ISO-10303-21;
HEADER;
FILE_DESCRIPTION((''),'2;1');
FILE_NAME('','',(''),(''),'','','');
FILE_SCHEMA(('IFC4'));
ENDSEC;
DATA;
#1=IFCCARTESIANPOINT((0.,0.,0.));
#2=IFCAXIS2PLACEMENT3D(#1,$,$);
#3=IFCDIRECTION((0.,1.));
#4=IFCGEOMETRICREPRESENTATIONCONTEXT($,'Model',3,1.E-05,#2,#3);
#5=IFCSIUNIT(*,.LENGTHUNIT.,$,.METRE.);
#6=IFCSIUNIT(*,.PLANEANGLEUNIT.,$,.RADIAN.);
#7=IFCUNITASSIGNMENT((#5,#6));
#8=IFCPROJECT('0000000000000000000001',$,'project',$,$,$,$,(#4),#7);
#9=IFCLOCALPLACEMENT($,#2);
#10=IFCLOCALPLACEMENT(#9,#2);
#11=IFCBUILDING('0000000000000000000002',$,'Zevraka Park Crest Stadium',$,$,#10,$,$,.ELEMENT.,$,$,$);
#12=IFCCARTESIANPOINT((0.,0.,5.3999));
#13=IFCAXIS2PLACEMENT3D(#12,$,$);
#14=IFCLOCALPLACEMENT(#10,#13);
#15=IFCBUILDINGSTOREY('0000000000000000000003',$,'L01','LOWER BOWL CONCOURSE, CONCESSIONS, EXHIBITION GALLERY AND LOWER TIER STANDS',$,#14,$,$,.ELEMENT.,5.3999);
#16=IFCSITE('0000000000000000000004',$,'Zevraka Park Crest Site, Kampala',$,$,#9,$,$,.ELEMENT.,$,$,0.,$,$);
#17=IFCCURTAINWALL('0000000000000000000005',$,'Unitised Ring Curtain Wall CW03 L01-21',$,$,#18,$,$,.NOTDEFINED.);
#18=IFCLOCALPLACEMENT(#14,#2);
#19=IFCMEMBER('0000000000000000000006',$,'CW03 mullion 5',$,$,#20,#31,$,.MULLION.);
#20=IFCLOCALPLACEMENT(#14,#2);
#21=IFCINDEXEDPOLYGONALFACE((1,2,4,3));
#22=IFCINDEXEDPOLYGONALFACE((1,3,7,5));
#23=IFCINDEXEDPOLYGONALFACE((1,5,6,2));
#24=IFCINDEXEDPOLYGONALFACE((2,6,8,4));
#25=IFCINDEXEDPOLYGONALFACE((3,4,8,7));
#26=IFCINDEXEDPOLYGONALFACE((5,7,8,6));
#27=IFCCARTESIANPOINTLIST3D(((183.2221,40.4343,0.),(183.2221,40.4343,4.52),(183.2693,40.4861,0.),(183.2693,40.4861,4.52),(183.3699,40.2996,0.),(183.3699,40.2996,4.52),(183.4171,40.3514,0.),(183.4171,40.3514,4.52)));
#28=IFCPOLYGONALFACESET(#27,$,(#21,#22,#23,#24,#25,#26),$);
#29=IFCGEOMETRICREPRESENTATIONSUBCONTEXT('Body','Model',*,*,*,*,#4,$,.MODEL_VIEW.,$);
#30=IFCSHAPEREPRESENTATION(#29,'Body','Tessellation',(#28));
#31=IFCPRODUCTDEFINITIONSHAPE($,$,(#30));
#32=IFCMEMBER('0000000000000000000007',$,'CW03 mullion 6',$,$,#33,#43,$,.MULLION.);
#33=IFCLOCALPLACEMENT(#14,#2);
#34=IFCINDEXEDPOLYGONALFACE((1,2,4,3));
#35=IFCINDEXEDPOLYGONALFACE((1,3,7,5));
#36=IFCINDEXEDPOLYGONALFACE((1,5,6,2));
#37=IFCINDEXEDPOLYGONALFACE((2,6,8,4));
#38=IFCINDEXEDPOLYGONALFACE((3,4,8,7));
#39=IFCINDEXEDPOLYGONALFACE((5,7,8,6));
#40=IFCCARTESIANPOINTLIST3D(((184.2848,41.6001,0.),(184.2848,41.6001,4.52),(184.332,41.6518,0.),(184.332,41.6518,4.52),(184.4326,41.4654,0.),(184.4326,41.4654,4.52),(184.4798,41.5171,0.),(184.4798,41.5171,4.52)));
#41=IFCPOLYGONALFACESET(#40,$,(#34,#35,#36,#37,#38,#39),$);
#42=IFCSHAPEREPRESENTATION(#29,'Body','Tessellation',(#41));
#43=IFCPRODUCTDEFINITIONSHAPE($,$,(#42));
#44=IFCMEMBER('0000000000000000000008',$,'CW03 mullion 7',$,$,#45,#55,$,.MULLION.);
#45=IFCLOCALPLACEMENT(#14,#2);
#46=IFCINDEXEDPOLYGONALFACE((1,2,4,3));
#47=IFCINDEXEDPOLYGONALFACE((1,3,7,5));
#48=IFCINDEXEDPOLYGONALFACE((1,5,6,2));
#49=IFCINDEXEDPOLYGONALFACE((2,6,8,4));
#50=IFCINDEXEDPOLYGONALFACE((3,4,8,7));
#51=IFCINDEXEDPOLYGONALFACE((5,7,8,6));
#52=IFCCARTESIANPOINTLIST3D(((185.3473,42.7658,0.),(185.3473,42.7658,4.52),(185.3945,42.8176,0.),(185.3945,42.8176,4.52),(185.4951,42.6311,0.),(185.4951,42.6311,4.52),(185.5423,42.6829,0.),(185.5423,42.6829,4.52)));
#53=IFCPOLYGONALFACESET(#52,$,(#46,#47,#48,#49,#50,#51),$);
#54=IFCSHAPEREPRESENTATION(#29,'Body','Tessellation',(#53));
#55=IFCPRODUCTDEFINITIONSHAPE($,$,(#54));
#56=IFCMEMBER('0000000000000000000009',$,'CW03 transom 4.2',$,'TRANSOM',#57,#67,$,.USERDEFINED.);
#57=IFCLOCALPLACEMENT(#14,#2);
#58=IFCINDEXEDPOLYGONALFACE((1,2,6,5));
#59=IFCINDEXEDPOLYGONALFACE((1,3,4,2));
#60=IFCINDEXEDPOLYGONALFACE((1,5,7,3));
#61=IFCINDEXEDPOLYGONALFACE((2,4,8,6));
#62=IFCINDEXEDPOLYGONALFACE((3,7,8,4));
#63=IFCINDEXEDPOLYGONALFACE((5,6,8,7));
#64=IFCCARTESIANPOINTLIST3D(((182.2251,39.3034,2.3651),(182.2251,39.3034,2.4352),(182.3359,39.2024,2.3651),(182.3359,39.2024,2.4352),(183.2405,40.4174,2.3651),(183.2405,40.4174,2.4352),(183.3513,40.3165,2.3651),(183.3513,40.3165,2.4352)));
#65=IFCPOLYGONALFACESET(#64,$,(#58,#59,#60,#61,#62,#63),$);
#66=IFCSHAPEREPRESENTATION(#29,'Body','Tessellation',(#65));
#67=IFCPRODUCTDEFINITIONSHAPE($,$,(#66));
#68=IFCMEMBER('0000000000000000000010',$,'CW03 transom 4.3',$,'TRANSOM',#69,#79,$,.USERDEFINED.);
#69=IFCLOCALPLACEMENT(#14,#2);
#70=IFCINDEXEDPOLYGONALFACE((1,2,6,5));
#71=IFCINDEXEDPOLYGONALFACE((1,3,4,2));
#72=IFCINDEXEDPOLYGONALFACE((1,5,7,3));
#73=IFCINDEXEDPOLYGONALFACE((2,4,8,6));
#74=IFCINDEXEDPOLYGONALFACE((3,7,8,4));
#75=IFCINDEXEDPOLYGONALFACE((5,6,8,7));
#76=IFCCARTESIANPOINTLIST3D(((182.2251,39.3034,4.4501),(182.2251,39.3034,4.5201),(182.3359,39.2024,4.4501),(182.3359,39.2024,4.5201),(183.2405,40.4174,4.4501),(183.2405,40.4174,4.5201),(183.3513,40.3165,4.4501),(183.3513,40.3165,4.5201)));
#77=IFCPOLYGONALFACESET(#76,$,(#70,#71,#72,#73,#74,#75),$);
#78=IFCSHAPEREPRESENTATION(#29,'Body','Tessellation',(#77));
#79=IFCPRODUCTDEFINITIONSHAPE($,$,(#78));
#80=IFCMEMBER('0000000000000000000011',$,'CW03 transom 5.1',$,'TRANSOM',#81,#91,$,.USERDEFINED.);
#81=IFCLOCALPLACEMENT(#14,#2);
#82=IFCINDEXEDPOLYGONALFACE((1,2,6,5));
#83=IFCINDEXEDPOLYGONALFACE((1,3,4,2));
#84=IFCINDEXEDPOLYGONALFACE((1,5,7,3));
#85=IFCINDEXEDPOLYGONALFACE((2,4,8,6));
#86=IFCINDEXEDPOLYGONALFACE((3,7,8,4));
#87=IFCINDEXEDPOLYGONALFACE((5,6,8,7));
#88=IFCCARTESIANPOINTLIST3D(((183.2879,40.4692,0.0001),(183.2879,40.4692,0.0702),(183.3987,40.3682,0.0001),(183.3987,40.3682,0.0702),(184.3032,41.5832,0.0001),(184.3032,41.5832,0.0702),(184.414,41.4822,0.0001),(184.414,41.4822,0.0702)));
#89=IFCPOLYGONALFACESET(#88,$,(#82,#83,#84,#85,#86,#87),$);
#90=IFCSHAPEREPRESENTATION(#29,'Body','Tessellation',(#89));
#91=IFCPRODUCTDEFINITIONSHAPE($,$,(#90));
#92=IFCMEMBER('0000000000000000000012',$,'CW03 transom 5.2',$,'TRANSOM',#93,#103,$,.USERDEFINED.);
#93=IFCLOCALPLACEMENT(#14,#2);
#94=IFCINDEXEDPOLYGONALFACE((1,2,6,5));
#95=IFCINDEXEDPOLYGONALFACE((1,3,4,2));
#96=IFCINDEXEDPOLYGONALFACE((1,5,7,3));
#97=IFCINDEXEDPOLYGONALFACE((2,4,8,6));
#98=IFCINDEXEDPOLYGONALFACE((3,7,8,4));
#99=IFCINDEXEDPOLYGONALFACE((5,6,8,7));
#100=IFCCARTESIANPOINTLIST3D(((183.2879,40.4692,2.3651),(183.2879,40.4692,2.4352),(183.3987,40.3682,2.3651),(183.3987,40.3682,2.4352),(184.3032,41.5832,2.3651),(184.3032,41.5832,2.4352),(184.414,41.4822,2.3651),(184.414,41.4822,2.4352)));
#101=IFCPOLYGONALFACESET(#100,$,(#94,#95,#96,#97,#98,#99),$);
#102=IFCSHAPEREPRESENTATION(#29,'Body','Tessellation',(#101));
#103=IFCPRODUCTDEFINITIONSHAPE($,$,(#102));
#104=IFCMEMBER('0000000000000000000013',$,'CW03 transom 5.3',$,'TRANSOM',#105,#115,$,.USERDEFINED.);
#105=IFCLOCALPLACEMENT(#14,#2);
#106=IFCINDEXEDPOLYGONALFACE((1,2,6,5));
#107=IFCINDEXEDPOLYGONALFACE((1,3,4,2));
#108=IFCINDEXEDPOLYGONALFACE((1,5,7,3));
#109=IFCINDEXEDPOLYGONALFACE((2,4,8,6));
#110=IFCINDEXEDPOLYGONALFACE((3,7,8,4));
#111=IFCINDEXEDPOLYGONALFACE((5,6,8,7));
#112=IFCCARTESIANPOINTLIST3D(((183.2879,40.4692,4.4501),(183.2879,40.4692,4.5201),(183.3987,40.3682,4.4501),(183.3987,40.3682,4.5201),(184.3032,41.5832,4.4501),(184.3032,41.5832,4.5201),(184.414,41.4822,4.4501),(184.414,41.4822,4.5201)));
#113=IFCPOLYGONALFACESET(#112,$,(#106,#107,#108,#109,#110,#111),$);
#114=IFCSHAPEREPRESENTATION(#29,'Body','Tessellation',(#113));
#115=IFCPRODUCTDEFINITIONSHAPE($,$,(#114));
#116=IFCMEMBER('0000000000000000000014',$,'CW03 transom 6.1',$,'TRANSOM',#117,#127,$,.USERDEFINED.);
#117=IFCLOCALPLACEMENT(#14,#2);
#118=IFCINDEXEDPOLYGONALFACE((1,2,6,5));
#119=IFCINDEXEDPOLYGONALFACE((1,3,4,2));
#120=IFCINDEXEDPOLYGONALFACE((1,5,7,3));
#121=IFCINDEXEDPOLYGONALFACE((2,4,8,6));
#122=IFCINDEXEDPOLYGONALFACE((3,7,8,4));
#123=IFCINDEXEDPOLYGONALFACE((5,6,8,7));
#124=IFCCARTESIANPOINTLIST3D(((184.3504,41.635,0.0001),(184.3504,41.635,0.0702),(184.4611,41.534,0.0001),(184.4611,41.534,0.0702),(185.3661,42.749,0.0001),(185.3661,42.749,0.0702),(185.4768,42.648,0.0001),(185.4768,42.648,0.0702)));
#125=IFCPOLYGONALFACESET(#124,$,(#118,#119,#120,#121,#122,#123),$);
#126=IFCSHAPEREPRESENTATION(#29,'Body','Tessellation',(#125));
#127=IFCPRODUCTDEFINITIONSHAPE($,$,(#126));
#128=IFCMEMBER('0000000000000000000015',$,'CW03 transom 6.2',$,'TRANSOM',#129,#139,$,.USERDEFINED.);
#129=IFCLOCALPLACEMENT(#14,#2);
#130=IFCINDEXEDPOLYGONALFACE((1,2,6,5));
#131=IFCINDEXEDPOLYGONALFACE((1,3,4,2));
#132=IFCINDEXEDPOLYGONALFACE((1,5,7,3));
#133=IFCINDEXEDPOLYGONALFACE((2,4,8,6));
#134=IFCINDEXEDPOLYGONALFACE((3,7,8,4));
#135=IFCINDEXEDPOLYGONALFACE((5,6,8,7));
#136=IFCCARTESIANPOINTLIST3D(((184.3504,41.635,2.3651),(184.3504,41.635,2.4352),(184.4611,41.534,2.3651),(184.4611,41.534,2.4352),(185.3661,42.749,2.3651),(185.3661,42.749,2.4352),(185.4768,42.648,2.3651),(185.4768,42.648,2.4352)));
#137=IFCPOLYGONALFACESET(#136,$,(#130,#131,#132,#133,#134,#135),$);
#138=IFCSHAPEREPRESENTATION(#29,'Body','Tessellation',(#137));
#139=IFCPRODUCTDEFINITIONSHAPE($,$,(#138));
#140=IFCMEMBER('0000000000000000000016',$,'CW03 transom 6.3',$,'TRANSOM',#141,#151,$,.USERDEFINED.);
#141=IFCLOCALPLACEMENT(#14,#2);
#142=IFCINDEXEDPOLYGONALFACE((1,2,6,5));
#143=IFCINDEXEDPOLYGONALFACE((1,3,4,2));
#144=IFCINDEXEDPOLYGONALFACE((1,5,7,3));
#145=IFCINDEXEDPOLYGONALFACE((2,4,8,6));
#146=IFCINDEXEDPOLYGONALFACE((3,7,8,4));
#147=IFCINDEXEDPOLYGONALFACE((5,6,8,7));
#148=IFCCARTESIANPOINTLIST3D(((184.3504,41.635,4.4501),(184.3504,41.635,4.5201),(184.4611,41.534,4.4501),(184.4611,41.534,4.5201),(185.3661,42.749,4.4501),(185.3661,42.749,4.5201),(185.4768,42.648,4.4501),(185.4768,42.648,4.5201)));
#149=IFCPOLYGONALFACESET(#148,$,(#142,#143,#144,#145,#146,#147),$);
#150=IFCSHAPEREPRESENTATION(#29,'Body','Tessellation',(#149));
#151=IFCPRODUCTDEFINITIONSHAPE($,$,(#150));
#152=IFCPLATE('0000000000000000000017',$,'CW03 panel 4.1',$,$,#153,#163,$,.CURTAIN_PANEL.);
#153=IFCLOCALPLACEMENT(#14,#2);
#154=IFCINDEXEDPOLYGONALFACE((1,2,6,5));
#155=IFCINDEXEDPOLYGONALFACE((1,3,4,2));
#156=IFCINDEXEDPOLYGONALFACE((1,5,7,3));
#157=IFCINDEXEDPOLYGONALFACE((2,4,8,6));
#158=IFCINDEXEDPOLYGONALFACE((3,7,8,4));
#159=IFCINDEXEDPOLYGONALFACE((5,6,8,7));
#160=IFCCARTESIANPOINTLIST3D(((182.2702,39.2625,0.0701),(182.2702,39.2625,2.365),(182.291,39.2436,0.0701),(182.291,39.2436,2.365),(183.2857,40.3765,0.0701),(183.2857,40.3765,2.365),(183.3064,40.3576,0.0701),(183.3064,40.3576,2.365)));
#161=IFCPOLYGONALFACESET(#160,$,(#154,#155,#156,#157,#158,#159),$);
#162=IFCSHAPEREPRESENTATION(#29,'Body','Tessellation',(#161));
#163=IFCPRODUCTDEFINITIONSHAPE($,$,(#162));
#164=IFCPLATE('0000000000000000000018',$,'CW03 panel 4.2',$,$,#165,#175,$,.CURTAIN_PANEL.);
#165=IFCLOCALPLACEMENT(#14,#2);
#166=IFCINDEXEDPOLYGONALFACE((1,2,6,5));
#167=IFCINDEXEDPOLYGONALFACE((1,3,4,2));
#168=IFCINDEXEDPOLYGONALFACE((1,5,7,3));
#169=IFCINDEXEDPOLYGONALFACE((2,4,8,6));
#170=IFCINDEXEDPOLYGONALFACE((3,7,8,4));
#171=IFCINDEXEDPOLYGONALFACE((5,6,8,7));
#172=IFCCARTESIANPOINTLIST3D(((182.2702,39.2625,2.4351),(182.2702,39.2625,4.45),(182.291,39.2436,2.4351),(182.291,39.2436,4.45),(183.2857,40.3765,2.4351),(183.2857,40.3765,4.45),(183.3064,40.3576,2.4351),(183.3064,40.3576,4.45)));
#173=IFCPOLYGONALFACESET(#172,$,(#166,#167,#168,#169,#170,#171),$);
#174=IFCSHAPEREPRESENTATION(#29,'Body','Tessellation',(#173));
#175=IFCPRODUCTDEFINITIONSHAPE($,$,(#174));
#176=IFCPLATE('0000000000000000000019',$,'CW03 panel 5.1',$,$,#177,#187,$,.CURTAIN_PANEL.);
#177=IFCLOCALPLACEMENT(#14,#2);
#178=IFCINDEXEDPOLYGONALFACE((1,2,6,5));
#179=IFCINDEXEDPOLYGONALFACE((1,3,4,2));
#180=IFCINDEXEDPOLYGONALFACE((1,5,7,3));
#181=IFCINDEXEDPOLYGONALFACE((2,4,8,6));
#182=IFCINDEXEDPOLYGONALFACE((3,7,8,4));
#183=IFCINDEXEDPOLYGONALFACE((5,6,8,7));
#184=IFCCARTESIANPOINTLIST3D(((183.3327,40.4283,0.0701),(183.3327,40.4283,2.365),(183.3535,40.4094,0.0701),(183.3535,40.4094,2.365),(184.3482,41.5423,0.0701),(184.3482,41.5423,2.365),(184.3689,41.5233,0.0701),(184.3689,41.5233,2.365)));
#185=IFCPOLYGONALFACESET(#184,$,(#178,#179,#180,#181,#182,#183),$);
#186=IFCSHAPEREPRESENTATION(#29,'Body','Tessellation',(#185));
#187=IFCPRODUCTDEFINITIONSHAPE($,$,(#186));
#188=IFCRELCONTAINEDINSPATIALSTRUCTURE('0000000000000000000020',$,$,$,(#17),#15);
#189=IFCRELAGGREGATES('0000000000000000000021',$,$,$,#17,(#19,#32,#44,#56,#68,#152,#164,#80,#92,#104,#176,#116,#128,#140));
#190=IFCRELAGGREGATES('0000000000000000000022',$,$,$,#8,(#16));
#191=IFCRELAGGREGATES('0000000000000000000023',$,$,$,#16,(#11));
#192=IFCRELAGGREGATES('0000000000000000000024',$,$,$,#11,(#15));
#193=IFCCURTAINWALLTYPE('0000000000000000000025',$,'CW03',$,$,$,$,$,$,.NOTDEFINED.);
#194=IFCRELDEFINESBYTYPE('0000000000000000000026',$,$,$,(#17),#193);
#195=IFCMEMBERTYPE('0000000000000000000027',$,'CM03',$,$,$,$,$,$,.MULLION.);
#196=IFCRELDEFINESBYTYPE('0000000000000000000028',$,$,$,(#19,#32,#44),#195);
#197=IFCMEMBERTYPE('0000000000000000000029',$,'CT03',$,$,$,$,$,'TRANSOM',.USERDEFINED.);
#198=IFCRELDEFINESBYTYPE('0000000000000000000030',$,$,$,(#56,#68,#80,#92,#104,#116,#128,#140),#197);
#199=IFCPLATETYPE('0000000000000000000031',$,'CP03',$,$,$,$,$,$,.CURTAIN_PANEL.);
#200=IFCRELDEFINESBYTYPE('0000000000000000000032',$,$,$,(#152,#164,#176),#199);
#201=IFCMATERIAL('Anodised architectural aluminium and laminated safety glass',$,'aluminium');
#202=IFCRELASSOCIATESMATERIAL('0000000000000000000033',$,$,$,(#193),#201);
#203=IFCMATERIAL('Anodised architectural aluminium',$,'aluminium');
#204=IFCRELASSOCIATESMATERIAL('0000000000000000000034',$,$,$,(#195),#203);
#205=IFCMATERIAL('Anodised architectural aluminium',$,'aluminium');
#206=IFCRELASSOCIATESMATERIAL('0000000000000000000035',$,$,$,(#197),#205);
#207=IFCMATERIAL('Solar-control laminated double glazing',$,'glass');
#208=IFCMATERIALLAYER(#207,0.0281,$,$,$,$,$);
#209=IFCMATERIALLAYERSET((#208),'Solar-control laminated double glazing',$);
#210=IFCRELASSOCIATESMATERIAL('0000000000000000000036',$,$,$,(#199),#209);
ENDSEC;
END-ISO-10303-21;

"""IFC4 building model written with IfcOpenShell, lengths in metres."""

from ifc_helpers import new_model, si_unit, direction, frame, origin, origin_2d, place, context, subcontext, project, spatial, rectangle, extrude, material, layer, layer_set, material_profile, profile_set, type_object, element, aggregate, save


model = new_model("IFC4")

# Units and contexts
model_context = context("Model", 3, precision=1e-05, world=origin(), true_north=direction((0.0, 1.0)))
body_context = subcontext(model_context, "Body", "Model", "MODEL_VIEW")
ifc_project = project(units=[si_unit("LENGTHUNIT", "METRE"), si_unit("PLANEANGLEUNIT", "RADIAN")], contexts=[model_context])

# Site, building, storey
site_placement = place(None, origin())
site = spatial("IfcSite", under=ifc_project, at=site_placement, Name="Zevraka Park Crest Site, Kampala", CompositionType="ELEMENT", RefElevation=0.0)
building_placement = place(site_placement, origin())
building = spatial("IfcBuilding", under=site, at=building_placement, Name="Zevraka Park Crest Stadium", CompositionType="ELEMENT")
storey_placement = place(building_placement, frame((0.0, 0.0, 5.3999)))
storey = spatial("IfcBuildingStorey", under=building, at=storey_placement, Name="L01", Description="LOWER BOWL CONCOURSE, CONCESSIONS, EXHIBITION GALLERY AND LOWER TIER STANDS", CompositionType="ELEMENT", Elevation=5.3999)

# Curtain wall, members, plates
ifc_material_1 = material(Name="Anodised architectural aluminium and laminated safety glass", Category="aluminium")
curtain_wall_type = type_object("IfcCurtainWallType", Name="CW03", PredefinedType="NOTDEFINED", material=ifc_material_1)
curtain_wall_placement = place(storey_placement, origin())
curtain_wall = element("IfcCurtainWall", 1, at=curtain_wall_placement, inside=storey, type_object=curtain_wall_type, Name="Unitised Ring Curtain Wall CW03 L01-21", PredefinedType="NOTDEFINED")
ifc_material_2 = material(Name="Anodised architectural aluminium", Category="aluminium")
ifc_material_profile_1 = material_profile(ifc_material_2, rectangle(XDim=0.2, YDim=0.0701, at=origin_2d()), Name="ALU MULLION 200x70")
ifc_profile_set_1 = profile_set([ifc_material_profile_1], Name="Anodised architectural aluminium")
member_type_1 = type_object("IfcMemberType", Name="CM03", PredefinedType="MULLION", material=ifc_profile_set_1)
member_1_placement = place(storey_placement, frame((183.3196, 40.3928, 0.0), z_axis=(0.0, 0.0, 1.0), x_axis=(-0.739023, 0.67368, 0.0)))
member_1 = element("IfcMember", 2, at=member_1_placement, type_object=member_type_1, Name="CW03 mullion 5", PredefinedType="MULLION", context=body_context, shape_type="SweptSolid", body=[
    extrude(rectangle(XDim=0.2, YDim=0.0701, at=origin_2d()), origin(), (0.0, 0.0, 1.0), 4.52),
])
member_2_placement = place(storey_placement, frame((184.3823, 41.5586, 0.0), z_axis=(0.0, 0.0, 1.0), x_axis=(-0.739023, 0.67368, 0.0)))
member_2 = element("IfcMember", 3, at=member_2_placement, type_object=member_type_1, Name="CW03 mullion 6", PredefinedType="MULLION", context=body_context, shape_type="SweptSolid", body=[
    extrude(rectangle(XDim=0.2, YDim=0.0701, at=origin_2d()), origin(), (0.0, 0.0, 1.0), 4.52),
])
member_3_placement = place(storey_placement, frame((185.4448, 42.7244, 0.0), z_axis=(0.0, 0.0, 1.0), x_axis=(-0.739023, 0.67368, 0.0)))
member_3 = element("IfcMember", 4, at=member_3_placement, type_object=member_type_1, Name="CW03 mullion 7", PredefinedType="MULLION", context=body_context, shape_type="SweptSolid", body=[
    extrude(rectangle(XDim=0.2, YDim=0.0701, at=origin_2d()), origin(), (0.0, 0.0, 1.0), 4.52),
])
ifc_material_3 = material(Name="Anodised architectural aluminium", Category="aluminium")
ifc_material_profile_2 = material_profile(ifc_material_3, rectangle(XDim=0.1499, YDim=0.0701, at=origin_2d()), Name="ALU TRANSOM 150x70")
ifc_profile_set_2 = profile_set([ifc_material_profile_2], Name="Anodised architectural aluminium")
member_type_2 = type_object("IfcMemberType", Name="CT03", ElementType="TRANSOM", PredefinedType="USERDEFINED", material=ifc_profile_set_2)
member_4_placement = place(storey_placement, frame((182.2805, 39.2529, 2.4001), z_axis=(0.673632, 0.739067, 0.0), x_axis=(-0.739067, 0.673632, 0.0)))
member_4 = element("IfcMember", 5, at=member_4_placement, type_object=member_type_2, Name="CW03 transom 4.2", ObjectType="TRANSOM", PredefinedType="USERDEFINED", context=body_context, shape_type="SweptSolid", body=[
    extrude(rectangle(XDim=0.1499, YDim=0.0701, at=origin_2d()), origin(), (0.0, 0.0, 1.0), 1.5073),
])
member_5_placement = place(storey_placement, frame((182.2805, 39.2529, 4.4851), z_axis=(0.673632, 0.739067, 0.0), x_axis=(-0.739067, 0.673632, 0.0)))
member_5 = element("IfcMember", 6, at=member_5_placement, type_object=member_type_2, Name="CW03 transom 4.3", ObjectType="TRANSOM", PredefinedType="USERDEFINED", context=body_context, shape_type="SweptSolid", body=[
    extrude(rectangle(XDim=0.1499, YDim=0.0701, at=origin_2d()), origin(), (0.0, 0.0, 1.0), 1.5073),
])
member_6_placement = place(storey_placement, frame((183.3433, 40.4187, 0.0352), z_axis=(0.673632, 0.739067, 0.0), x_axis=(-0.739067, 0.673632, 0.0)))
member_6 = element("IfcMember", 7, at=member_6_placement, type_object=member_type_2, Name="CW03 transom 5.1", ObjectType="TRANSOM", PredefinedType="USERDEFINED", context=body_context, shape_type="SweptSolid", body=[
    extrude(rectangle(XDim=0.1499, YDim=0.0701, at=origin_2d()), origin(), (0.0, 0.0, 1.0), 1.5073),
])
member_7_placement = place(storey_placement, frame((183.3433, 40.4187, 2.4001), z_axis=(0.673632, 0.739067, 0.0), x_axis=(-0.739067, 0.673632, 0.0)))
member_7 = element("IfcMember", 8, at=member_7_placement, type_object=member_type_2, Name="CW03 transom 5.2", ObjectType="TRANSOM", PredefinedType="USERDEFINED", context=body_context, shape_type="SweptSolid", body=[
    extrude(rectangle(XDim=0.1499, YDim=0.0701, at=origin_2d()), origin(), (0.0, 0.0, 1.0), 1.5073),
])
member_8_placement = place(storey_placement, frame((183.3433, 40.4187, 4.4851), z_axis=(0.673632, 0.739067, 0.0), x_axis=(-0.739067, 0.673632, 0.0)))
member_8 = element("IfcMember", 9, at=member_8_placement, type_object=member_type_2, Name="CW03 transom 5.3", ObjectType="TRANSOM", PredefinedType="USERDEFINED", context=body_context, shape_type="SweptSolid", body=[
    extrude(rectangle(XDim=0.1499, YDim=0.0701, at=origin_2d()), origin(), (0.0, 0.0, 1.0), 1.5073),
])
member_9_placement = place(storey_placement, frame((184.4058, 41.5845, 0.0352), z_axis=(0.67372, 0.738987, 0.0), x_axis=(-0.738987, 0.67372, 0.0)))
member_9 = element("IfcMember", 10, at=member_9_placement, type_object=member_type_2, Name="CW03 transom 6.1", ObjectType="TRANSOM", PredefinedType="USERDEFINED", context=body_context, shape_type="SweptSolid", body=[
    extrude(rectangle(XDim=0.1499, YDim=0.0701, at=origin_2d()), origin(), (0.0, 0.0, 1.0), 1.5076),
])
member_10_placement = place(storey_placement, frame((184.4058, 41.5845, 2.4001), z_axis=(0.67372, 0.738987, 0.0), x_axis=(-0.738987, 0.67372, 0.0)))
member_10 = element("IfcMember", 11, at=member_10_placement, type_object=member_type_2, Name="CW03 transom 6.2", ObjectType="TRANSOM", PredefinedType="USERDEFINED", context=body_context, shape_type="SweptSolid", body=[
    extrude(rectangle(XDim=0.1499, YDim=0.0701, at=origin_2d()), origin(), (0.0, 0.0, 1.0), 1.5076),
])
member_11_placement = place(storey_placement, frame((184.4058, 41.5845, 4.4851), z_axis=(0.67372, 0.738987, 0.0), x_axis=(-0.738987, 0.67372, 0.0)))
member_11 = element("IfcMember", 12, at=member_11_placement, type_object=member_type_2, Name="CW03 transom 6.3", ObjectType="TRANSOM", PredefinedType="USERDEFINED", context=body_context, shape_type="SweptSolid", body=[
    extrude(rectangle(XDim=0.1499, YDim=0.0701, at=origin_2d()), origin(), (0.0, 0.0, 1.0), 1.5076),
])
ifc_material_4 = material(Name="Solar-control laminated double glazing", Category="glass")
ifc_layer_1 = layer(ifc_material_4, 0.0281)
ifc_layer_set_1 = layer_set([ifc_layer_1], Name="Solar-control laminated double glazing")
plate_type = type_object("IfcPlateType", Name="CP03", PredefinedType="CURTAIN_PANEL", material=ifc_layer_set_1)
plate_1_placement = place(storey_placement, frame((182.7883, 39.8101, 0.0701), z_axis=(0.0, 0.0, 1.0), x_axis=(0.67368, 0.739023, 0.0)))
plate_1 = element("IfcPlate", 13, at=plate_1_placement, type_object=plate_type, Name="CW03 panel 4.1", PredefinedType="CURTAIN_PANEL", context=body_context, shape_type="SweptSolid", body=[
    extrude(rectangle(XDim=1.5073, YDim=0.0281, at=origin_2d()), origin(), (0.0, 0.0, 1.0), 2.2949),
])
plate_2_placement = place(storey_placement, frame((182.7883, 39.8101, 2.4351), z_axis=(0.0, 0.0, 1.0), x_axis=(0.67368, 0.739023, 0.0)))
plate_2 = element("IfcPlate", 14, at=plate_2_placement, type_object=plate_type, Name="CW03 panel 4.2", PredefinedType="CURTAIN_PANEL", context=body_context, shape_type="SweptSolid", body=[
    extrude(rectangle(XDim=1.5073, YDim=0.0281, at=origin_2d()), origin(), (0.0, 0.0, 1.0), 2.0149),
])
plate_3_placement = place(storey_placement, frame((183.8508, 40.9758, 0.0701), z_axis=(0.0, 0.0, 1.0), x_axis=(0.67368, 0.739023, 0.0)))
plate_3 = element("IfcPlate", 15, at=plate_3_placement, type_object=plate_type, Name="CW03 panel 5.1", PredefinedType="CURTAIN_PANEL", context=body_context, shape_type="SweptSolid", body=[
    extrude(rectangle(XDim=1.5073, YDim=0.0281, at=origin_2d()), origin(), (0.0, 0.0, 1.0), 2.2949),
])
aggregate(curtain_wall, [member_1, member_2, member_3, member_4, member_5, plate_1, plate_2, member_6, member_7, member_8, plate_3, member_9, member_10, member_11])

save(model, "model.ifc")
